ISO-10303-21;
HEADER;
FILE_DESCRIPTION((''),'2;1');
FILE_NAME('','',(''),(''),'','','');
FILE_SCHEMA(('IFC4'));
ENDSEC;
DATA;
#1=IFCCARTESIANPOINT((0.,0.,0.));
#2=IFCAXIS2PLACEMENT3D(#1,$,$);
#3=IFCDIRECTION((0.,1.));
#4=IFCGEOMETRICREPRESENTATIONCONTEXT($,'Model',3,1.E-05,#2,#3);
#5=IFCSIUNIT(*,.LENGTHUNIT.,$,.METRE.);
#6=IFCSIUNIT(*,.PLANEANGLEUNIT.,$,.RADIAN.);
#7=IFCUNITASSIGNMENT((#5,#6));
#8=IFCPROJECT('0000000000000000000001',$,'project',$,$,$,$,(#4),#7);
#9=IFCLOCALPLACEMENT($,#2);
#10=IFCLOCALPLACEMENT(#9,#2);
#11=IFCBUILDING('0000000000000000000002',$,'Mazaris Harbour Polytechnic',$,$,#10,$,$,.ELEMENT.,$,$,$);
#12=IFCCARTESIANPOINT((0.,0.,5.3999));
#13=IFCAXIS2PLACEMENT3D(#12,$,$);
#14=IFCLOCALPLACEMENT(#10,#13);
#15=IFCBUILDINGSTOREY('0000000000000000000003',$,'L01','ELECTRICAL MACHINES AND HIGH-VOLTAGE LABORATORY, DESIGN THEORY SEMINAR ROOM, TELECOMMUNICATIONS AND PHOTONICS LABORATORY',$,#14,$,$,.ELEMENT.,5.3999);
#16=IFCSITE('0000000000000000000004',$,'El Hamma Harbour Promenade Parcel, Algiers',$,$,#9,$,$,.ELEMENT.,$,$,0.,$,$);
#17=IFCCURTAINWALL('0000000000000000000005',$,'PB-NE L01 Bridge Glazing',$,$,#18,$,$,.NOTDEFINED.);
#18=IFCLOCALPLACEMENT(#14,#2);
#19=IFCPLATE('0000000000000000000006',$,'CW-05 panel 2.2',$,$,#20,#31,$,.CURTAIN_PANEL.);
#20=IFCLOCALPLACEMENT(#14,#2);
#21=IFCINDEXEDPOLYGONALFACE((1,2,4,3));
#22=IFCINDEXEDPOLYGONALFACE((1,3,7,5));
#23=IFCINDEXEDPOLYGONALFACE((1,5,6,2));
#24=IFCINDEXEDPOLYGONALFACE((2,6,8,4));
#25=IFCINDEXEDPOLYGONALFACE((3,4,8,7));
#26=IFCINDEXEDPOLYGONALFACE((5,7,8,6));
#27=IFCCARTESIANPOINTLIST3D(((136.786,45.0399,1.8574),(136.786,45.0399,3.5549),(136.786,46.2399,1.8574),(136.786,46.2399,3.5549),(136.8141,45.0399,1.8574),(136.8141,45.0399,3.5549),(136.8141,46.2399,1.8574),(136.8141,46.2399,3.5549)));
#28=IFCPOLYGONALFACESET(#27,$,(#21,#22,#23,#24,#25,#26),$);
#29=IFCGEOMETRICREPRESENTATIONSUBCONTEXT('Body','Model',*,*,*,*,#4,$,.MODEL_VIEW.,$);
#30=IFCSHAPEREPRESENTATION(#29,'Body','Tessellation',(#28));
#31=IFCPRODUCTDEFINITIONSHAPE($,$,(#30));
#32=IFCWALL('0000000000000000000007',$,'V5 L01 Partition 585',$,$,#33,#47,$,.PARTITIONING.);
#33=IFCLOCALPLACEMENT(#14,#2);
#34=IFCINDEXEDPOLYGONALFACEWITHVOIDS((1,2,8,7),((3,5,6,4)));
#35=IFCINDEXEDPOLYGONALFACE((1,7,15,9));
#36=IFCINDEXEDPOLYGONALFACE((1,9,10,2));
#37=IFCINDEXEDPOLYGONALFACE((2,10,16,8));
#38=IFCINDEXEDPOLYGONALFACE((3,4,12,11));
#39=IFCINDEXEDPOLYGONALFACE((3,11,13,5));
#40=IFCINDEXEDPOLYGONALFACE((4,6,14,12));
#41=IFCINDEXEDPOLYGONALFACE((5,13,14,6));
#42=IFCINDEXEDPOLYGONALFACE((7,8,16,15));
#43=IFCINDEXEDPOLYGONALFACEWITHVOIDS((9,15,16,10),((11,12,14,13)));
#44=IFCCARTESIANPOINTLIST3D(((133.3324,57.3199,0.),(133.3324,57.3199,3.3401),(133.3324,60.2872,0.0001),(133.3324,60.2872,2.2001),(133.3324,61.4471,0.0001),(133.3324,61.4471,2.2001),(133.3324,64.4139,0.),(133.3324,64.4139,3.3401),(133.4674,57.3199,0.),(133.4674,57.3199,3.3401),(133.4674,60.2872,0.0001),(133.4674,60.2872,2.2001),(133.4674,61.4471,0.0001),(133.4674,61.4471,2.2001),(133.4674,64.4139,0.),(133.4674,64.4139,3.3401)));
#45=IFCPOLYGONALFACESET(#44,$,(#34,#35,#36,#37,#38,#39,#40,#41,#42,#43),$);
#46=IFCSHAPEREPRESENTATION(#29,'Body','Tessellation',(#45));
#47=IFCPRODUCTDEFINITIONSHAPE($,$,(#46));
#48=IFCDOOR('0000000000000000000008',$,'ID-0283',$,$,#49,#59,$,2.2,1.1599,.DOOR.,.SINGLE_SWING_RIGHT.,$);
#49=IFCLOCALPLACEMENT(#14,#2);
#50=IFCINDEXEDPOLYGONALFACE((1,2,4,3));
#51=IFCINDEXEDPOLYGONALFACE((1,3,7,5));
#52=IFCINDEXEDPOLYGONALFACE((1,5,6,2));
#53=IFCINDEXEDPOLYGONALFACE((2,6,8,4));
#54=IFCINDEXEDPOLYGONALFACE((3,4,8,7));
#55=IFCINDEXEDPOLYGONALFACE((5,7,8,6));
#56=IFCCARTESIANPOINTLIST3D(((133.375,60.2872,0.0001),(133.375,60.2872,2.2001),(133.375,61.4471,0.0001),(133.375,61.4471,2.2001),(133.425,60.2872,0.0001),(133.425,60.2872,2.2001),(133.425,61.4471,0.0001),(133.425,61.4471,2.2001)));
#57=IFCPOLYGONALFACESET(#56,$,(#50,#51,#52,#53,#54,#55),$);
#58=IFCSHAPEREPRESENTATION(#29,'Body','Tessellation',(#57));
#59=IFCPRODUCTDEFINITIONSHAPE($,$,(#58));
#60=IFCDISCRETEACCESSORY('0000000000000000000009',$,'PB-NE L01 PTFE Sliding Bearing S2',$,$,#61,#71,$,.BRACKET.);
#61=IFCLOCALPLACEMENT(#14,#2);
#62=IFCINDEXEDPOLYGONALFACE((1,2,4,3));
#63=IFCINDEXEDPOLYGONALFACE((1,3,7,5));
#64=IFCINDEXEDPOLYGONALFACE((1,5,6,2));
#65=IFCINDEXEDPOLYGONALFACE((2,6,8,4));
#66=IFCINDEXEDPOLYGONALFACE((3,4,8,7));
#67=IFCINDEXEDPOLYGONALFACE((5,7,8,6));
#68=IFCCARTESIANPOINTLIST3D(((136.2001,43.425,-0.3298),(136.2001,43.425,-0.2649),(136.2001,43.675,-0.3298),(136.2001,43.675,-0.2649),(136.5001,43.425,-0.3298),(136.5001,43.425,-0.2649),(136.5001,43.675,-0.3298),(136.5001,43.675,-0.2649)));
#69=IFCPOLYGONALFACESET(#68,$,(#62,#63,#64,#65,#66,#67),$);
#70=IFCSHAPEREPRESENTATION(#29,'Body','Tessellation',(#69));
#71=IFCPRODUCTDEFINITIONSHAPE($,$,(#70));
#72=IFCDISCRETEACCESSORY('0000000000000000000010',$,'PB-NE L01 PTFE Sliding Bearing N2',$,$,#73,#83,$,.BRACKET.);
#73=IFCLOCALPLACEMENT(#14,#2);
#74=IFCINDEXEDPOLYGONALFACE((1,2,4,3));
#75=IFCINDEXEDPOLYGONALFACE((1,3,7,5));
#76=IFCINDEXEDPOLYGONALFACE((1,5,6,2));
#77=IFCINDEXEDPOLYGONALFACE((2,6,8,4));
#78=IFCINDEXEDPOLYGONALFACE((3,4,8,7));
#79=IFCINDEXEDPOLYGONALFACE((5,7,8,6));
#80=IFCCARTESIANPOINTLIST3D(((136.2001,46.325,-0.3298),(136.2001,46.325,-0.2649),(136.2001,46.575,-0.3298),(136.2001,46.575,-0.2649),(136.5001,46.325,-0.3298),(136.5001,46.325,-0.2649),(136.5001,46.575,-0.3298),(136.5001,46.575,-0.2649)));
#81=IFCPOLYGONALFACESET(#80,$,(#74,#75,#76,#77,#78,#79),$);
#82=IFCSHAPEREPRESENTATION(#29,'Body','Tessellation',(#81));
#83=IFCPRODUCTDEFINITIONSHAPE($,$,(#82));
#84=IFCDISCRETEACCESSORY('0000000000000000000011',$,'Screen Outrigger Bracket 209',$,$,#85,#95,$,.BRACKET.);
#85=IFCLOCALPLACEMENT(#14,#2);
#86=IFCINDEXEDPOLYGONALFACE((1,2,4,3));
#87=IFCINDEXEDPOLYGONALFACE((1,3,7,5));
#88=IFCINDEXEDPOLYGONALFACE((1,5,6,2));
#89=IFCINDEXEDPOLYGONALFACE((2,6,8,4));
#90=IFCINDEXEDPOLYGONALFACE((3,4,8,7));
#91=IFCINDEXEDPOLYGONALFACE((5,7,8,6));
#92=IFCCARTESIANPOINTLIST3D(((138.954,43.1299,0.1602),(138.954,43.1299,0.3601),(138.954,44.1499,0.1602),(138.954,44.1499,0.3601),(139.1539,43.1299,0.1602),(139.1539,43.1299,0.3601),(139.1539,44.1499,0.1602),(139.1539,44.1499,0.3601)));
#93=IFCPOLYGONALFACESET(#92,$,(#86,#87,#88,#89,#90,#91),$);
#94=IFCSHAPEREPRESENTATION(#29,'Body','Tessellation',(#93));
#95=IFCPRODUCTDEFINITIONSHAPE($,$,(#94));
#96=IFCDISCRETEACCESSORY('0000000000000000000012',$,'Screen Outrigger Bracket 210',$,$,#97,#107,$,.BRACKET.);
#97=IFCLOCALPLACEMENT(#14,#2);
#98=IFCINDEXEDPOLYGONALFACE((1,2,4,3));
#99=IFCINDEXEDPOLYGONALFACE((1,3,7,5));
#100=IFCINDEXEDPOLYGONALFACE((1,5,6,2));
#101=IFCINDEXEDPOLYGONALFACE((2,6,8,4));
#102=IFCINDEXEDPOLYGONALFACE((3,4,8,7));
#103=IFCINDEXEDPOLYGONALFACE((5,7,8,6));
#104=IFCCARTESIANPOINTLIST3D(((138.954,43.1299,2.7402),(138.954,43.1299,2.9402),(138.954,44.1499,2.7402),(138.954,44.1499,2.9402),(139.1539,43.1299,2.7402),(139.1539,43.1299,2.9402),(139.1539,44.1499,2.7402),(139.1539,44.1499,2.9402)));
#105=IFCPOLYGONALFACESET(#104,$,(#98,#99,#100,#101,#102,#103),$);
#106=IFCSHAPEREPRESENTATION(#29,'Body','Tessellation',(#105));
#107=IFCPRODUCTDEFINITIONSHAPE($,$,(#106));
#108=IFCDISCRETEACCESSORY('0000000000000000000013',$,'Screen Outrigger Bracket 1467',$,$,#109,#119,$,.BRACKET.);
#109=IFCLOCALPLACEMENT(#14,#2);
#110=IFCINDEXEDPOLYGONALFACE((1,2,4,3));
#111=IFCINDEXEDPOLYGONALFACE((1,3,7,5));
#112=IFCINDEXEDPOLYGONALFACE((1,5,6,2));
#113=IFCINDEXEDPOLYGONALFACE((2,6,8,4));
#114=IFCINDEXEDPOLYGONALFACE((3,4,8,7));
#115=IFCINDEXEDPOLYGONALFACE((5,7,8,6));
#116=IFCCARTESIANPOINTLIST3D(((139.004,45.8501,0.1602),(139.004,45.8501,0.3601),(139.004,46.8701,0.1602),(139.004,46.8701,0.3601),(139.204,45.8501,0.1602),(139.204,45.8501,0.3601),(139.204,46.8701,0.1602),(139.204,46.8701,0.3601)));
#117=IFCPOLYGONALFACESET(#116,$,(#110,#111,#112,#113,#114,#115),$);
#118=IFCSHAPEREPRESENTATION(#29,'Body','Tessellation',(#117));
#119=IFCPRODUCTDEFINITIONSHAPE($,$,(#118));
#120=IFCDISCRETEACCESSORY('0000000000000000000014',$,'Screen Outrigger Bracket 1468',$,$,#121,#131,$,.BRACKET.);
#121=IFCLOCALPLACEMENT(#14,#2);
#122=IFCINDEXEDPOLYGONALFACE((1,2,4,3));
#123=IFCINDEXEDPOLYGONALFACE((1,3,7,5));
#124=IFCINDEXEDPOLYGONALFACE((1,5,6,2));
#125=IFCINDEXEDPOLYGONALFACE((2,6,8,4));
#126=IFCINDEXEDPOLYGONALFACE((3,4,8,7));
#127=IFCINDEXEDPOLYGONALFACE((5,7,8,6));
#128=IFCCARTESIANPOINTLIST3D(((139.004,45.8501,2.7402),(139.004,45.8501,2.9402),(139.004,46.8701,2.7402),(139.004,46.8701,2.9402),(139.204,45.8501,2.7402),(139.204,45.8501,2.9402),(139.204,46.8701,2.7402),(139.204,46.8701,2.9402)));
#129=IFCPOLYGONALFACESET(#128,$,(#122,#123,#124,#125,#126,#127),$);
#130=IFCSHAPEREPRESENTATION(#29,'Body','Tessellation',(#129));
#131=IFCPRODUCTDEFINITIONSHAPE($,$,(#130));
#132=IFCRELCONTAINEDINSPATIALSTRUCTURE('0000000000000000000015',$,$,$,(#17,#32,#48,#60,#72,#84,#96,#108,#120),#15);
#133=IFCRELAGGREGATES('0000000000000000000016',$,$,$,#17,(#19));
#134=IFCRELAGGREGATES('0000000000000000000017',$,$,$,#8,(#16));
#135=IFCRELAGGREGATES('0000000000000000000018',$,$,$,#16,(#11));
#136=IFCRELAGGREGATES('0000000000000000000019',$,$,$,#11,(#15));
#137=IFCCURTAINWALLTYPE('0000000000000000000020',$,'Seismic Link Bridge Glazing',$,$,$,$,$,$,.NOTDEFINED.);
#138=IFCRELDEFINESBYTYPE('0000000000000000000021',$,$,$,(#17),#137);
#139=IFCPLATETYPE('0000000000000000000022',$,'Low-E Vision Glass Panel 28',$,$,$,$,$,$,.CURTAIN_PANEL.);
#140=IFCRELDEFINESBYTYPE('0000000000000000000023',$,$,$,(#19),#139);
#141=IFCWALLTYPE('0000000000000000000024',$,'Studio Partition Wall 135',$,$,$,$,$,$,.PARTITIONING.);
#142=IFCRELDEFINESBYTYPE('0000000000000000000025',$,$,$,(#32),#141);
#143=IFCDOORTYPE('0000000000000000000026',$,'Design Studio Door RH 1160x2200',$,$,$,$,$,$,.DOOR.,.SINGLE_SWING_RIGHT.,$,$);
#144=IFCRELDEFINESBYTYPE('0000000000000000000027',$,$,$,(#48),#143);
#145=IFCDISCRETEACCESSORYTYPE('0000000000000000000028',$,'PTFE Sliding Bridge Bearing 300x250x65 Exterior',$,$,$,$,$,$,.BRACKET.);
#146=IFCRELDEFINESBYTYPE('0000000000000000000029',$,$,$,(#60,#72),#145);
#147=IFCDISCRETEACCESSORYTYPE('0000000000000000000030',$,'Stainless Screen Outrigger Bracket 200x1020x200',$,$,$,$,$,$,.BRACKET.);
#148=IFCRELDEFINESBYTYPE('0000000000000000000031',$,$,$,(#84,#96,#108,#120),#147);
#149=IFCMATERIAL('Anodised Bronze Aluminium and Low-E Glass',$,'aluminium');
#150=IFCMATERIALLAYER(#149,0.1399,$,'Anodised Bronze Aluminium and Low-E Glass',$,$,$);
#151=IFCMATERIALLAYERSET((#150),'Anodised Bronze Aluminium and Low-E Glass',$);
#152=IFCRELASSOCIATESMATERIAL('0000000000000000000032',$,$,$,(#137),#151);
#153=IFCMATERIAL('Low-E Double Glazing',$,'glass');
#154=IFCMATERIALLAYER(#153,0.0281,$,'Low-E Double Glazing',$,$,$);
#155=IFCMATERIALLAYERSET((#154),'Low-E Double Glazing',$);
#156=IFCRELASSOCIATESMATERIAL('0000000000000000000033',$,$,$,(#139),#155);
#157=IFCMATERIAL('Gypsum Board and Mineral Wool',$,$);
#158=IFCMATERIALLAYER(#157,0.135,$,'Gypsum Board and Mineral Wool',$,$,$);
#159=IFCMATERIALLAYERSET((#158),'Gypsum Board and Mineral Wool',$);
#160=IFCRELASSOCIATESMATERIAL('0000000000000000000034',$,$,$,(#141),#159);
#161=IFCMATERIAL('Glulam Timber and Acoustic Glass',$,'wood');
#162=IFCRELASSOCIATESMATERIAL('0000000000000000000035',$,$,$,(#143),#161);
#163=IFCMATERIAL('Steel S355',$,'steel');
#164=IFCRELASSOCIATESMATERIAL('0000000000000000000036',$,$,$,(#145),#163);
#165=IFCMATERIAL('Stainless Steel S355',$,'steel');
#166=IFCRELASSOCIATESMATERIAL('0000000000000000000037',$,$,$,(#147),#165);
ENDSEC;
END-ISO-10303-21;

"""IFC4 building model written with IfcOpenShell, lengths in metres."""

from ifc_helpers import new_model, si_unit, direction, frame, frame_2d, origin, origin_2d, place, context, subcontext, project, spatial, rectangle, extrude, material, layer, layer_set, type_object, element, fill, aggregate, save


model = new_model("IFC4")

# Units and contexts
model_context = context("Model", 3, precision=1e-05, world=origin(), true_north=direction((0.0, 1.0)))
body_context = subcontext(model_context, "Body", "Model", "MODEL_VIEW")
ifc_project = project(units=[si_unit("LENGTHUNIT", "METRE"), si_unit("PLANEANGLEUNIT", "RADIAN")], contexts=[model_context])

# Site, building, storey
site_placement = place(None, origin())
site = spatial("IfcSite", under=ifc_project, at=site_placement, Name="El Hamma Harbour Promenade Parcel, Algiers", CompositionType="ELEMENT", RefElevation=0.0)
building_placement = place(site_placement, origin())
building = spatial("IfcBuilding", under=site, at=building_placement, Name="Mazaris Harbour Polytechnic", CompositionType="ELEMENT")
storey_placement = place(building_placement, frame((0.0, 0.0, 5.3999)))
storey = spatial("IfcBuildingStorey", under=building, at=storey_placement, Name="L01", Description="ELECTRICAL MACHINES AND HIGH-VOLTAGE LABORATORY, DESIGN THEORY SEMINAR ROOM, TELECOMMUNICATIONS AND PHOTONICS LABORATORY", CompositionType="ELEMENT", Elevation=5.3999)

# Curtain wall
ifc_material_1 = material(Name="Anodised Bronze Aluminium and Low-E Glass", Category="aluminium")
ifc_layer_1 = layer(ifc_material_1, 0.1399, Name="Anodised Bronze Aluminium and Low-E Glass")
ifc_layer_set_1 = layer_set([ifc_layer_1], Name="Anodised Bronze Aluminium and Low-E Glass")
curtain_wall_type_1 = type_object("IfcCurtainWallType", Name="Seismic Link Bridge Glazing", PredefinedType="NOTDEFINED", material=ifc_layer_set_1)
curtain_wall_1_placement = place(storey_placement, origin())
curtain_wall_1 = element("IfcCurtainWall", 1, at=curtain_wall_1_placement, inside=storey, type_object=curtain_wall_type_1, Name="PB-NE L01 Bridge Glazing", PredefinedType="NOTDEFINED")

# Plate
ifc_material_2 = material(Name="Low-E Double Glazing", Category="glass")
ifc_layer_2 = layer(ifc_material_2, 0.0281, Name="Low-E Double Glazing")
ifc_layer_set_2 = layer_set([ifc_layer_2], Name="Low-E Double Glazing")
plate_type = type_object("IfcPlateType", Name="Low-E Vision Glass Panel 28", PredefinedType="CURTAIN_PANEL", material=ifc_layer_set_2)
plate_1_placement = place(storey_placement, frame((136.8, 45.6399, 1.8574), z_axis=(0.0, 0.0, 1.0), x_axis=(0.0, 1.0, 0.0)))
plate_1 = element("IfcPlate", 2, at=plate_1_placement, type_object=plate_type, Name="CW-05 panel 2.2", PredefinedType="CURTAIN_PANEL", context=body_context, shape_type="SweptSolid", body=[
    extrude(rectangle(XDim=1.2, YDim=0.0281, at=origin_2d()), origin(), (0.0, 0.0, 1.0), 1.6975),
])
aggregate(curtain_wall_1, [plate_1])

# Wall, opening, door
ifc_material_3 = material(Name="Gypsum Board and Mineral Wool")
ifc_layer_3 = layer(ifc_material_3, 0.135, Name="Gypsum Board and Mineral Wool")
ifc_layer_set_3 = layer_set([ifc_layer_3], Name="Gypsum Board and Mineral Wool")
wall_type = type_object("IfcWallType", Name="Studio Partition Wall 135", PredefinedType="PARTITIONING", material=ifc_layer_set_3)
wall_placement = place(storey_placement, frame((133.3999, 57.3201, 0.0), z_axis=(0.0, 0.0, 1.0), x_axis=(0.0, 1.0, 0.0)))
wall = element("IfcWall", 3, at=wall_placement, inside=storey, type_object=wall_type, Name="V5 L01 Partition 585", PredefinedType="PARTITIONING", context=body_context, shape_type="SweptSolid", body=[
    extrude(rectangle(XDim=7.094, YDim=0.135, at=frame_2d((3.5469, 0.0))), origin(), (0.0, 0.0, 1.0), 3.3401),
])
opening_placement = place(wall_placement, frame((2.967, 0.0, 0.0)))
opening = element("IfcOpeningElement", 4, at=opening_placement, cuts=wall, PredefinedType="OPENING", context=body_context, shape_type="SweptSolid", body=[
    extrude(rectangle(XDim=1.1599, YDim=2.2, at=frame_2d((0.5801, 1.1001))), frame((0.0, 0.0774, 0.0), z_axis=(0.0, -1.0, 0.0), x_axis=(1.0, 0.0, 0.0)), (0.0, 0.0, 1.0), 0.155),
])
ifc_material_4 = material(Name="Glulam Timber and Acoustic Glass", Category="wood")
door_type = type_object("IfcDoorType", Name="Design Studio Door RH 1160x2200", OperationType="SINGLE_SWING_RIGHT", PredefinedType="DOOR", material=ifc_material_4)
door_placement = place(opening_placement, origin())
door = element("IfcDoor", 5, at=door_placement, inside=storey, type_object=door_type, Name="ID-0283", OperationType="SINGLE_SWING_RIGHT", OverallHeight=2.2, OverallWidth=1.1599, PredefinedType="DOOR", context=body_context, shape_type="SweptSolid", body=[
    extrude(rectangle(XDim=1.1599, YDim=2.2, at=frame_2d((0.5801, 1.1001))), frame((0.0, 0.0249, 0.0), z_axis=(0.0, -1.0, 0.0), x_axis=(1.0, 0.0, 0.0)), (0.0, 0.0, 1.0), 0.05),
])
fill(opening, door)

# Discrete accessories
ifc_material_5 = material(Name="Steel S355", Category="steel")
discrete_accessory_type_1 = type_object("IfcDiscreteAccessoryType", Name="PTFE Sliding Bridge Bearing 300x250x65 Exterior", PredefinedType="BRACKET", material=ifc_material_5)
for number, where, z_axis, x_axis, name in (
    (6, (136.3501, 43.55, -0.3298), (0.0, 0.0, 1.0), (1.0, 0.0, 0.0), "PB-NE L01 PTFE Sliding Bearing S2"),
    (7, (136.3501, 46.45, -0.3298), (0.0, 0.0, 1.0), (1.0, 0.0, 0.0), "PB-NE L01 PTFE Sliding Bearing N2"),
):
    element("IfcDiscreteAccessory", number, at=place(storey_placement, frame(where, z_axis=z_axis, x_axis=x_axis)), inside=storey, type_object=discrete_accessory_type_1, Name=name, PredefinedType="BRACKET", context=body_context, shape_type="SweptSolid", body=[
        extrude(rectangle(XDim=0.3, YDim=0.25, at=origin_2d()), origin(), (0.0, 0.0, 1.0), 0.0649),
    ])
ifc_material_6 = material(Name="Stainless Steel S355", Category="steel")
discrete_accessory_type_2 = type_object("IfcDiscreteAccessoryType", Name="Stainless Screen Outrigger Bracket 200x1020x200", PredefinedType="BRACKET", material=ifc_material_6)
for number, where, z_axis, x_axis, name in (
    (8, (139.054, 43.6399, 0.1602), (0.0, 0.0, 1.0), (1.0, 0.0, 0.0), "Screen Outrigger Bracket 209"),
    (9, (139.054, 43.6399, 2.7402), (0.0, 0.0, 1.0), (1.0, 0.0, 0.0), "Screen Outrigger Bracket 210"),
    (10, (139.104, 46.3601, 0.1602), (0.0, 0.0, 1.0), (-1.0, 0.0, 0.0), "Screen Outrigger Bracket 1467"),
    (11, (139.104, 46.3601, 2.7402), (0.0, 0.0, 1.0), (-1.0, 0.0, 0.0), "Screen Outrigger Bracket 1468"),
):
    element("IfcDiscreteAccessory", number, at=place(storey_placement, frame(where, z_axis=z_axis, x_axis=x_axis)), inside=storey, type_object=discrete_accessory_type_2, Name=name, PredefinedType="BRACKET", context=body_context, shape_type="SweptSolid", body=[
        extrude(rectangle(XDim=0.2, YDim=1.02, at=origin_2d()), origin(), (0.0, 0.0, 1.0), 0.2),
    ])

save(model, "model.ifc")
